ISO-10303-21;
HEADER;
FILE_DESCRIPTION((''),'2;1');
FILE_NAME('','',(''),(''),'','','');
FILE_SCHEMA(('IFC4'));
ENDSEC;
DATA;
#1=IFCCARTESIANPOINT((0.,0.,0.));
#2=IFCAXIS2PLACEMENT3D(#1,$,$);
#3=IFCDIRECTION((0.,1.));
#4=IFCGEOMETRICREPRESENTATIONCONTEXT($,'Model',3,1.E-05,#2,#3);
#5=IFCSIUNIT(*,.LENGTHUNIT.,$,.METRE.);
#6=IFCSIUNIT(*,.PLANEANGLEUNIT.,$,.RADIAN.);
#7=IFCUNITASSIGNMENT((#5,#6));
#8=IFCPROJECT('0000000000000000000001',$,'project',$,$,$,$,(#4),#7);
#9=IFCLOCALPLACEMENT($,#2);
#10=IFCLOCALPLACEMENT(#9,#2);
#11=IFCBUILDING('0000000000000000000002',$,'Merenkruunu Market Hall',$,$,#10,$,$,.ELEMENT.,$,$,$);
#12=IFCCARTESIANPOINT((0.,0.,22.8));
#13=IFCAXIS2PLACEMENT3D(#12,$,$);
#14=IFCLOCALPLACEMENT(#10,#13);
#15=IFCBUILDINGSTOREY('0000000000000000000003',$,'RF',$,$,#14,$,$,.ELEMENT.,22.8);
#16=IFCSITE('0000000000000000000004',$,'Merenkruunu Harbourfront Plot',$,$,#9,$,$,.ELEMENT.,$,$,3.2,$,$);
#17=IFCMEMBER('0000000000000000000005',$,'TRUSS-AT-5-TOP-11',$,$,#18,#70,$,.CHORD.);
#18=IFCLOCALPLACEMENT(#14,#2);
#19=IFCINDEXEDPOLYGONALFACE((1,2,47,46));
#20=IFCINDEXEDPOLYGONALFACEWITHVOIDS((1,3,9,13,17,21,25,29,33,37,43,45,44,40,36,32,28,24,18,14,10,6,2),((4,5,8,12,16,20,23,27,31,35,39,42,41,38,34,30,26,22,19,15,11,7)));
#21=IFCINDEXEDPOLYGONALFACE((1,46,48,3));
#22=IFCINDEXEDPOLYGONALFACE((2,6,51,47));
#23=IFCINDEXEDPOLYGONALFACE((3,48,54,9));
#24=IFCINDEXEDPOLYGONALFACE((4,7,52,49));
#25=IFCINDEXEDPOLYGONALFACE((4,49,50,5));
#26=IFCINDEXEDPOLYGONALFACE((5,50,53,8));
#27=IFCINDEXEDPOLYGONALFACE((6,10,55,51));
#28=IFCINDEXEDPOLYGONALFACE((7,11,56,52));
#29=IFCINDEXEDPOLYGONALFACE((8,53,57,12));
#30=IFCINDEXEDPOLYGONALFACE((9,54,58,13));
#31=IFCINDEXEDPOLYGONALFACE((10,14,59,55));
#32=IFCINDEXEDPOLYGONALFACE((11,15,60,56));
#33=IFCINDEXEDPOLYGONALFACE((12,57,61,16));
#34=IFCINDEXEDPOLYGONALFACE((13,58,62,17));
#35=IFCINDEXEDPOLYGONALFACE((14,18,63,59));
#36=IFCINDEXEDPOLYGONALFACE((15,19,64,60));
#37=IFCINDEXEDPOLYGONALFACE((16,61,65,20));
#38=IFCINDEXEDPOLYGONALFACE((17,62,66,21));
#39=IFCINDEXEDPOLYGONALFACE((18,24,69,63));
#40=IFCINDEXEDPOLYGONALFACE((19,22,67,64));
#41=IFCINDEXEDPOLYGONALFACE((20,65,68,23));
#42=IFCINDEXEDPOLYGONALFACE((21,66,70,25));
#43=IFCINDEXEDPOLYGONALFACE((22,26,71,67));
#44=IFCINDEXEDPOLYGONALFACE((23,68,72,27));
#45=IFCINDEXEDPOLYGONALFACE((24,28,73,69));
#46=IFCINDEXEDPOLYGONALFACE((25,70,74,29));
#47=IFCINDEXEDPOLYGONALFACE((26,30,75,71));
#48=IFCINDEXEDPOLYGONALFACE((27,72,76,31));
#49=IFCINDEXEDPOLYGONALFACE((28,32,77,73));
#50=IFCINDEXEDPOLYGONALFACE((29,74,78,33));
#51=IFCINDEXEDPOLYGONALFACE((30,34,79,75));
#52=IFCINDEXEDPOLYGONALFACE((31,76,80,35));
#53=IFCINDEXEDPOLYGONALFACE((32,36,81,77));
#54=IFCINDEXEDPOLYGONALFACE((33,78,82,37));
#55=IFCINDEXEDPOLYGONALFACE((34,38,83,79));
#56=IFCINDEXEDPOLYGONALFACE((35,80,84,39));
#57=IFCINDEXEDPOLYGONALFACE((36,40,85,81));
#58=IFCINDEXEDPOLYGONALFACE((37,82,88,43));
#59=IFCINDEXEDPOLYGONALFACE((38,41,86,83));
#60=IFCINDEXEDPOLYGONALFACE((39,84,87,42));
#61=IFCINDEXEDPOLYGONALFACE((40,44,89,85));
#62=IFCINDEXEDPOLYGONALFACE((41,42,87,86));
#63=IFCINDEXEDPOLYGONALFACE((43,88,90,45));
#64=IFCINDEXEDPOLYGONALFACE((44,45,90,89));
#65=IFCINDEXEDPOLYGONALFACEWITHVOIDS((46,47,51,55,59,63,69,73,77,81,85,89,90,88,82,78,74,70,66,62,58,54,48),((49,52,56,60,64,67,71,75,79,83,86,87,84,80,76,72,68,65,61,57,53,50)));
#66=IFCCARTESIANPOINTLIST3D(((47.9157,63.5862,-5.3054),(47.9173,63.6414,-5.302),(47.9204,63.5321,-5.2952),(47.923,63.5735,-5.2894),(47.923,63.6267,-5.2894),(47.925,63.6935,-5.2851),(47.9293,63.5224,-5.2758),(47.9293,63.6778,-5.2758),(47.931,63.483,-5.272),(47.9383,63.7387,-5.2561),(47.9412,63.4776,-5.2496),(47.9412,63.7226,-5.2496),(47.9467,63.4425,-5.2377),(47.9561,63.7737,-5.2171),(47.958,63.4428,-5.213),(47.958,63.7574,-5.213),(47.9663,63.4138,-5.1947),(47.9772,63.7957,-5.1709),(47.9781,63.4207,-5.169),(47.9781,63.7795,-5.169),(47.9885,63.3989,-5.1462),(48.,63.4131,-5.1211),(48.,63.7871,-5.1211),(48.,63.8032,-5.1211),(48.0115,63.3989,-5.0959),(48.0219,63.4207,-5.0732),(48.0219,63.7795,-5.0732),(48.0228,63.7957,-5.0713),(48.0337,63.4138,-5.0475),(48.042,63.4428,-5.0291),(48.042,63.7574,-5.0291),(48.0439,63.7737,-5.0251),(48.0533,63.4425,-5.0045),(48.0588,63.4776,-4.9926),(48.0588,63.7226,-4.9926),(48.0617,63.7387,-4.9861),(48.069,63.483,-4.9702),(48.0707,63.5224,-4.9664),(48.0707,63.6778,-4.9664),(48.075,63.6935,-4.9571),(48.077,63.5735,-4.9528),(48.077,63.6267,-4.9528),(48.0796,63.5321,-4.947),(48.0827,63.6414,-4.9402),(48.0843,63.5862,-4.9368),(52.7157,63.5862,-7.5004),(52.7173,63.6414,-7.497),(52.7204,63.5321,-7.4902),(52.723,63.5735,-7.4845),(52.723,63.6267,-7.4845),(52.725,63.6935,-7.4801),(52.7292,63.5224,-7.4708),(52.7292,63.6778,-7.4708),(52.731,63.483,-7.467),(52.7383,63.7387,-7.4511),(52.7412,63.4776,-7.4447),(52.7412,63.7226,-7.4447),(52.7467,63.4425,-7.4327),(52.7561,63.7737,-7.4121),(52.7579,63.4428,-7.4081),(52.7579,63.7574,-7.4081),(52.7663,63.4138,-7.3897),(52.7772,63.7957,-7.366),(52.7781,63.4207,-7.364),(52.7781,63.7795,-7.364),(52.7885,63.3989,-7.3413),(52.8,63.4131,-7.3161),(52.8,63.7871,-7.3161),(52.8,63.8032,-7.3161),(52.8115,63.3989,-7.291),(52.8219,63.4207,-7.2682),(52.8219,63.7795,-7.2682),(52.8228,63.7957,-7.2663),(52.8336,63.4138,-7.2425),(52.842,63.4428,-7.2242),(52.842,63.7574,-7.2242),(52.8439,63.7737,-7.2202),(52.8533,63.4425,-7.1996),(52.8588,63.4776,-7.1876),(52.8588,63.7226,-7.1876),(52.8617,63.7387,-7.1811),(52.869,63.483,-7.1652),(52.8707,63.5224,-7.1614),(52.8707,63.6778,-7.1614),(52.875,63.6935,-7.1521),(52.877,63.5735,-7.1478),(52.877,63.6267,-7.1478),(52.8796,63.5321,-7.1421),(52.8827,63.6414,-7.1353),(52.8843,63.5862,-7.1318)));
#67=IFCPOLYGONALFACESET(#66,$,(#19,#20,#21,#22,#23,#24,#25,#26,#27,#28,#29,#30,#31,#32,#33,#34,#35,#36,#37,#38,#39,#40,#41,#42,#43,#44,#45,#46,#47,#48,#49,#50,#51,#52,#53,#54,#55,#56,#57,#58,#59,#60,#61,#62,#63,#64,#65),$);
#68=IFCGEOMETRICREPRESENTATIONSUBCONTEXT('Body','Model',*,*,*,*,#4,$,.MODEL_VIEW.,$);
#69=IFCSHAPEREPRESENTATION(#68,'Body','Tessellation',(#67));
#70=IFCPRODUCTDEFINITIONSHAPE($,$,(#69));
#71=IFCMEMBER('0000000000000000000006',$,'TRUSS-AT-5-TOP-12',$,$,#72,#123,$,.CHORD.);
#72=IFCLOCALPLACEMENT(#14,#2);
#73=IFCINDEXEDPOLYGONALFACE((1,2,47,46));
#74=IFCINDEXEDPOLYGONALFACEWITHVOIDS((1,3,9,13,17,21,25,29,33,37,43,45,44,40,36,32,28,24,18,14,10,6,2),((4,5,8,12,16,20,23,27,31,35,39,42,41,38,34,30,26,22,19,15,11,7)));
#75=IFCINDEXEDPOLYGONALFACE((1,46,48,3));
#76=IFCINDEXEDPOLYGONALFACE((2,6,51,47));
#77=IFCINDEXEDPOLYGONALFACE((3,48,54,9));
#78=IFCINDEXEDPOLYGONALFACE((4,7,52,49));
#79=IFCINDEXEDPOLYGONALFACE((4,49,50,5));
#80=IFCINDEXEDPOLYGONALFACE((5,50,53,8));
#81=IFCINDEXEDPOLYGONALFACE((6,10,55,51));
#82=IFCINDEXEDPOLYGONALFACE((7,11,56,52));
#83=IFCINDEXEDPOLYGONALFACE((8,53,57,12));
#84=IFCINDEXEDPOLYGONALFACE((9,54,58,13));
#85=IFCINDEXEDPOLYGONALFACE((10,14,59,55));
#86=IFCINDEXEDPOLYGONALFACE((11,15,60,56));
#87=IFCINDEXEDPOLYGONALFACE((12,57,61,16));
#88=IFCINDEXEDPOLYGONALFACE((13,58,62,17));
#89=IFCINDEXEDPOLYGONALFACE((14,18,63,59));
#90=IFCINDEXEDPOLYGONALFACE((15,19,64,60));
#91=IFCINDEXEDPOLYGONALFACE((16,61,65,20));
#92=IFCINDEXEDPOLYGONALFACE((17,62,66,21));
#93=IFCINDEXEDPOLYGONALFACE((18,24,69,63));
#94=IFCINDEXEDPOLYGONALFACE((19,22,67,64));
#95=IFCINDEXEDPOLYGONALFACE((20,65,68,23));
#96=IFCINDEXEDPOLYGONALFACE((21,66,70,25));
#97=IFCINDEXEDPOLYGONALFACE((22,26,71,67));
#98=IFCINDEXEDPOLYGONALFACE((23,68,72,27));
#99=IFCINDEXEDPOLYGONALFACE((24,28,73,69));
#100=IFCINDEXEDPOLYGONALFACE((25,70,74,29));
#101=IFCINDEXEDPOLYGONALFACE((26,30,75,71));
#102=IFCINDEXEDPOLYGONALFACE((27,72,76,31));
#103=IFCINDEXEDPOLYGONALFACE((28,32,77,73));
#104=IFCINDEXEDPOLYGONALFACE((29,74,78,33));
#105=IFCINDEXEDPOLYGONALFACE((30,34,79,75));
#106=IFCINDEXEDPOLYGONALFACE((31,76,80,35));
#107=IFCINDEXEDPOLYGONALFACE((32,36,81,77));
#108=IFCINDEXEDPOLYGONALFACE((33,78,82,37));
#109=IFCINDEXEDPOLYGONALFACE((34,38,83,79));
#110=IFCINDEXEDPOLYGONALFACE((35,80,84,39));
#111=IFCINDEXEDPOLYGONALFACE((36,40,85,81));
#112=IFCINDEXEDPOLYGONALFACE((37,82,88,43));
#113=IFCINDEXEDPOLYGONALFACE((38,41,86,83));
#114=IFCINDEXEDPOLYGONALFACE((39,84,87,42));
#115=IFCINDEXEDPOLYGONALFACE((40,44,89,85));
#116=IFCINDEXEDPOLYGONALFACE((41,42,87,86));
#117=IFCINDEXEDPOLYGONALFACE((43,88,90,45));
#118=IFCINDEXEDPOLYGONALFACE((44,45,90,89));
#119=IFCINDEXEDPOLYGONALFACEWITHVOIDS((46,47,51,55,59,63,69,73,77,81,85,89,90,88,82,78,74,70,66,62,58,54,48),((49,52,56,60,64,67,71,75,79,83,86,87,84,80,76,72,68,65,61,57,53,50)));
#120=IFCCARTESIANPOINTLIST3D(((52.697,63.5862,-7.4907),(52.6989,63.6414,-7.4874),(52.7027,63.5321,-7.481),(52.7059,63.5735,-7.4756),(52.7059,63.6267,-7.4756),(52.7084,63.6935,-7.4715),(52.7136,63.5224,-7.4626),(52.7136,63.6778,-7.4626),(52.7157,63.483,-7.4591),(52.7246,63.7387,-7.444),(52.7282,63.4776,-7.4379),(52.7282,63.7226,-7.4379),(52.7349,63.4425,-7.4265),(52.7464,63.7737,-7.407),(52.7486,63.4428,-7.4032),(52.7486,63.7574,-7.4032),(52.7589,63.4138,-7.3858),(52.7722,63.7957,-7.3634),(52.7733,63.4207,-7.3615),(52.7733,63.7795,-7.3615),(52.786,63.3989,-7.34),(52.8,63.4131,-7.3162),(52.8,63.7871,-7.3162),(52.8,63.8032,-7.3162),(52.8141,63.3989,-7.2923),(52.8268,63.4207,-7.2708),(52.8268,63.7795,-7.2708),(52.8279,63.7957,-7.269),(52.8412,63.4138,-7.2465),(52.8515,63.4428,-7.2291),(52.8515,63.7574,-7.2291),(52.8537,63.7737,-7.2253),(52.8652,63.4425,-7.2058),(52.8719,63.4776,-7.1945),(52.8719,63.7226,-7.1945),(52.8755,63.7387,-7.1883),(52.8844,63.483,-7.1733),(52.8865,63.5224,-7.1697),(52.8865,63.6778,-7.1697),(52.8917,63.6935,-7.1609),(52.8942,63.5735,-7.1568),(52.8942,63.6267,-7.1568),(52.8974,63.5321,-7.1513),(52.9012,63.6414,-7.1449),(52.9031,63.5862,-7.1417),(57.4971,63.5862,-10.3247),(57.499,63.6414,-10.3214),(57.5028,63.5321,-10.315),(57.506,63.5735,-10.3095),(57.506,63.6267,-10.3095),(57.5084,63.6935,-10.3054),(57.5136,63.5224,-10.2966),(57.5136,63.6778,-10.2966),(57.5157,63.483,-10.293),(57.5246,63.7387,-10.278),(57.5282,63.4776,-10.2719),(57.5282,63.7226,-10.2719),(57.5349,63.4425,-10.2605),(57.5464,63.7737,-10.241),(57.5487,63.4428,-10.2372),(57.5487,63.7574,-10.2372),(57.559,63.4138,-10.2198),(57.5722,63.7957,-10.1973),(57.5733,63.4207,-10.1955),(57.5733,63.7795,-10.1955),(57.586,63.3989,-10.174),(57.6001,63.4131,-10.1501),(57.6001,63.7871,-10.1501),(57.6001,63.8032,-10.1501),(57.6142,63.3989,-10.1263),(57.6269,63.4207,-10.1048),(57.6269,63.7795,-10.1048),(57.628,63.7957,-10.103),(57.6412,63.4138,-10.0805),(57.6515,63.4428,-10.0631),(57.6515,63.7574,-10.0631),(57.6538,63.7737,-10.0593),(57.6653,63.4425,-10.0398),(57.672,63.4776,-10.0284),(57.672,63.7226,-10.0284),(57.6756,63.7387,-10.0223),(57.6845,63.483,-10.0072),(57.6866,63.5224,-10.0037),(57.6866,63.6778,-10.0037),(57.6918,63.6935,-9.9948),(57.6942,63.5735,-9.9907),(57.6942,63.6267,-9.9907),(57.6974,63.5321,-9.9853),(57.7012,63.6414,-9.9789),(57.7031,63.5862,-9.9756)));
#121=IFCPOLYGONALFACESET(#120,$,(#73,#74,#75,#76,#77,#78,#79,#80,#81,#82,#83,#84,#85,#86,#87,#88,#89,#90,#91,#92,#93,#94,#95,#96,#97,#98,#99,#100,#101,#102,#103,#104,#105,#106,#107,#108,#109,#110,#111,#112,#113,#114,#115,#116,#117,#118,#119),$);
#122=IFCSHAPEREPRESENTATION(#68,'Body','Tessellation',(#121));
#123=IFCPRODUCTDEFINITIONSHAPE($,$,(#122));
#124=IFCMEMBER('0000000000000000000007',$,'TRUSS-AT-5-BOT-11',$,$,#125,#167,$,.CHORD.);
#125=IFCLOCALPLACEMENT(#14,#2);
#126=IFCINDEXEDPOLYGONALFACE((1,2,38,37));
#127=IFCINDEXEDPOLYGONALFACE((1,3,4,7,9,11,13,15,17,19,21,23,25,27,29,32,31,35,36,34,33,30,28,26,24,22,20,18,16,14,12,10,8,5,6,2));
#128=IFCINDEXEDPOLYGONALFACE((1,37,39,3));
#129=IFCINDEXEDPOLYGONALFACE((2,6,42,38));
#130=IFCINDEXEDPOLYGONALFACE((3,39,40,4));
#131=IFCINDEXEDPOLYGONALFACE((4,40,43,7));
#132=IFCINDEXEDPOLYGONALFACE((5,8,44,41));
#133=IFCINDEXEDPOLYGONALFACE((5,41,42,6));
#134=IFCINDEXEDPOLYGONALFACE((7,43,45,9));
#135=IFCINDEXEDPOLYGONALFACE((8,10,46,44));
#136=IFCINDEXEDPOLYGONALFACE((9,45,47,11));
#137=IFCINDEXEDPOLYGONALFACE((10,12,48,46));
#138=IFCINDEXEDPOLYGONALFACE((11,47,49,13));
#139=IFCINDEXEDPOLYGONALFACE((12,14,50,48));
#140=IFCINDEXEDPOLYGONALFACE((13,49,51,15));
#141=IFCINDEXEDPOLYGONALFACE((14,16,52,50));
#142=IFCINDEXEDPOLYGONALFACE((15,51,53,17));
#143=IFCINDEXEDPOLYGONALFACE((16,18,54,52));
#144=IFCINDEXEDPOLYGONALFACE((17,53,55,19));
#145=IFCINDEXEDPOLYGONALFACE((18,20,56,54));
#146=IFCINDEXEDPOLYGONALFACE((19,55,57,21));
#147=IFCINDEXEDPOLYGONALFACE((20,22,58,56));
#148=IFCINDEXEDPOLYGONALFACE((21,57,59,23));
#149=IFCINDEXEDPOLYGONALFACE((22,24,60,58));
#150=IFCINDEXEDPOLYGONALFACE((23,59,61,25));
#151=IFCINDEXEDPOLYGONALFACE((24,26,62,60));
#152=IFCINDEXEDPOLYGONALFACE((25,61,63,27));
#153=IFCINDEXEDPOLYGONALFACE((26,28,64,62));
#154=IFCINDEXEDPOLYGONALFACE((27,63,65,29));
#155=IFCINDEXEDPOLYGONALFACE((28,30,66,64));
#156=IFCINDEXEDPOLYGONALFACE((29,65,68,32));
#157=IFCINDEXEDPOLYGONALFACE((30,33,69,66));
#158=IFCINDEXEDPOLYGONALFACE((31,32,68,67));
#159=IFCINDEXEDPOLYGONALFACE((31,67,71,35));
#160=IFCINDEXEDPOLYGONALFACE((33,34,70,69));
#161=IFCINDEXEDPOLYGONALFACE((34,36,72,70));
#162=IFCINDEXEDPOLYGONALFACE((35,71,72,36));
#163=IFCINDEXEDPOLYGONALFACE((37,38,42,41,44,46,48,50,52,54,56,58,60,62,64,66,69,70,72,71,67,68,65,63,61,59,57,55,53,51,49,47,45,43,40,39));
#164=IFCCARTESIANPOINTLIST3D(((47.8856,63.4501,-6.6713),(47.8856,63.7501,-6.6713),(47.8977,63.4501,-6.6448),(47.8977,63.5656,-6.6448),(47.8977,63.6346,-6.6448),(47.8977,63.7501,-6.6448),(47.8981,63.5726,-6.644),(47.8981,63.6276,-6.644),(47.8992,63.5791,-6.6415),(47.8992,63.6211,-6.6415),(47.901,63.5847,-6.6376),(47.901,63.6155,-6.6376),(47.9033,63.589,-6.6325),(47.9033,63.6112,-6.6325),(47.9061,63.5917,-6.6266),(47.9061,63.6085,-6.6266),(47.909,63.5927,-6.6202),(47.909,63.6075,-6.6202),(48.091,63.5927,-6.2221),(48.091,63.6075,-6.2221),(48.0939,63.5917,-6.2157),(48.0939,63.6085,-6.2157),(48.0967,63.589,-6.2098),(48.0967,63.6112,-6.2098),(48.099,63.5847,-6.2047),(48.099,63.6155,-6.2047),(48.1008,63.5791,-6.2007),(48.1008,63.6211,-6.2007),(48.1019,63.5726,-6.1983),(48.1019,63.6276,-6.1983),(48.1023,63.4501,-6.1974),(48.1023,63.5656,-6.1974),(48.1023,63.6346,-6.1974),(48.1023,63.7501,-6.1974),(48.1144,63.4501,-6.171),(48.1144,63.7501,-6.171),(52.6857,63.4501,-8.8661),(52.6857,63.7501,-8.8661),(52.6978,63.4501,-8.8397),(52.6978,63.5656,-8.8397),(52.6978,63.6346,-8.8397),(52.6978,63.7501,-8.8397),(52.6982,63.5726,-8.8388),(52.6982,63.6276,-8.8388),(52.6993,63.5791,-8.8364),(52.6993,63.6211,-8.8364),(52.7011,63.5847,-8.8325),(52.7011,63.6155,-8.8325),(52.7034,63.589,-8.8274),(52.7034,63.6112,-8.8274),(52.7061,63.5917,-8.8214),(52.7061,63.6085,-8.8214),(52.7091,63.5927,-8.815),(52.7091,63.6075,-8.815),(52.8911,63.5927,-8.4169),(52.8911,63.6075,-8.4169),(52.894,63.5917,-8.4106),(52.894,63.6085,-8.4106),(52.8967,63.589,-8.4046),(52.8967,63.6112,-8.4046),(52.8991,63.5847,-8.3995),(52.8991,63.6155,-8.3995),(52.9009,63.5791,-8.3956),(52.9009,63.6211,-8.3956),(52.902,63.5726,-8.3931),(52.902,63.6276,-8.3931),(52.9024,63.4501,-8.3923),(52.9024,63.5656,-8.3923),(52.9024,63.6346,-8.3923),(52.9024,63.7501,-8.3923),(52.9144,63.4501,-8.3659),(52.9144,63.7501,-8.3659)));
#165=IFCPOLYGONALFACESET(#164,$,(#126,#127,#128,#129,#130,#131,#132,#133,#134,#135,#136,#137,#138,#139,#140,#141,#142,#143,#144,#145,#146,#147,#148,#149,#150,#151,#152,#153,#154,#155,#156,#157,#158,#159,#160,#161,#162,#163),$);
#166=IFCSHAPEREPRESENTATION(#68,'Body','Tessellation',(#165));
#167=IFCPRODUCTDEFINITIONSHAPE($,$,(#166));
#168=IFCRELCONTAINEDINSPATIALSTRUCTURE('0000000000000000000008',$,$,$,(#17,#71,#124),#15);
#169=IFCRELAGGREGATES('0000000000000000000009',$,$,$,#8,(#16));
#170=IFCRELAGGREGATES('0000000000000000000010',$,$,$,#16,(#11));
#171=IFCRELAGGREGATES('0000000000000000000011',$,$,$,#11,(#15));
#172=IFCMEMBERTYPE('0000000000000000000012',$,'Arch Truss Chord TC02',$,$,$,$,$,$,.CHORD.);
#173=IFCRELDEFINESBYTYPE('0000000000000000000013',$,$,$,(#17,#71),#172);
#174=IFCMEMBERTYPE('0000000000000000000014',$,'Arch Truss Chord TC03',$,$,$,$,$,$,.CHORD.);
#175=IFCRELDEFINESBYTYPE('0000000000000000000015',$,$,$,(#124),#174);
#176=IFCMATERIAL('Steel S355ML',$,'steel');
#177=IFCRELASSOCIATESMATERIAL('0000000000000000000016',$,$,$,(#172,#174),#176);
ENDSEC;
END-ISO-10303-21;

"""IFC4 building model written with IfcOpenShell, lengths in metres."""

from ifc_helpers import new_model, si_unit, direction, frame, origin, origin_2d, place, context, subcontext, project, spatial, hollow_circle, i_section, extrude, material, material_profile, profile_set, type_object, element, save


model = new_model("IFC4")

# Units and contexts
model_context = context("Model", 3, precision=1e-05, world=origin(), true_north=direction((0.0, 1.0)))
body_context = subcontext(model_context, "Body", "Model", "MODEL_VIEW")
ifc_project = project(units=[si_unit("LENGTHUNIT", "METRE"), si_unit("PLANEANGLEUNIT", "RADIAN")], contexts=[model_context])

# Site, building, storey
site_placement = place(None, origin())
site = spatial("IfcSite", under=ifc_project, at=site_placement, Name="Merenkruunu Harbourfront Plot", CompositionType="ELEMENT", RefElevation=3.2)
building_placement = place(site_placement, origin())
building = spatial("IfcBuilding", under=site, at=building_placement, Name="Merenkruunu Market Hall", CompositionType="ELEMENT")
storey_placement = place(building_placement, frame((0.0, 0.0, 22.8)))
storey = spatial("IfcBuildingStorey", under=building, at=storey_placement, Name="RF", CompositionType="ELEMENT", Elevation=22.8)

# Members
ifc_material_1 = material(Name="Steel S355ML", Category="steel")
ifc_material_profile_1 = material_profile(ifc_material_1, hollow_circle(Radius=0.2031, WallThickness=0.0161, at=origin_2d()), Name="CHS 406.4x16")
ifc_profile_set_1 = profile_set([ifc_material_profile_1], Name="Steel S355ML")
member_type_1 = type_object("IfcMemberType", Name="Arch Truss Chord TC02", PredefinedType="CHORD", material=ifc_profile_set_1)
member_1_placement = place(storey_placement, frame((48.0, 63.6001, -5.1211), z_axis=(0.90942, 0.0, -0.415879), x_axis=(0.0, 1.0, 0.0)))
element("IfcMember", 1, at=member_1_placement, inside=storey, type_object=member_type_1, Name="TRUSS-AT-5-TOP-11", PredefinedType="CHORD", context=body_context, shape_type="SweptSolid", body=[
    extrude(hollow_circle(Radius=0.2031, WallThickness=0.0161, at=origin_2d()), origin(), (0.0, 0.0, 1.0), 5.2781),
])
member_2_placement = place(storey_placement, frame((52.8, 63.6001, -7.3162), z_axis=(0.861116, 0.0, -0.508409), x_axis=(0.0, 1.0, 0.0)))
element("IfcMember", 2, at=member_2_placement, inside=storey, type_object=member_type_1, Name="TRUSS-AT-5-TOP-12", PredefinedType="CHORD", context=body_context, shape_type="SweptSolid", body=[
    extrude(hollow_circle(Radius=0.2031, WallThickness=0.0161, at=origin_2d()), origin(), (0.0, 0.0, 1.0), 5.5742),
])
ifc_material_profile_2 = material_profile(ifc_material_1, i_section(OverallWidth=0.3, OverallDepth=0.55, WebThickness=0.0149, FlangeThickness=0.0291, FilletRadius=0.0271, at=origin_2d()), Name="HEB 550")
ifc_profile_set_2 = profile_set([ifc_material_profile_2], Name="Steel S355ML")
member_type_2 = type_object("IfcMemberType", Name="Arch Truss Chord TC03", PredefinedType="CHORD", material=ifc_profile_set_2)
member_3_placement = place(storey_placement, frame((48.0, 63.6001, -6.4211), z_axis=(0.909437, 0.0, -0.415841), x_axis=(0.0, 1.0, 0.0)))
element("IfcMember", 3, at=member_3_placement, inside=storey, type_object=member_type_2, Name="TRUSS-AT-5-BOT-11", PredefinedType="CHORD", context=body_context, shape_type="SweptSolid", body=[
    extrude(i_section(OverallWidth=0.3, OverallDepth=0.55, WebThickness=0.0149, FlangeThickness=0.0291, FilletRadius=0.0271, at=origin_2d()), origin(), (0.0, 0.0, 1.0), 5.2781),
])

save(model, "model.ifc")
